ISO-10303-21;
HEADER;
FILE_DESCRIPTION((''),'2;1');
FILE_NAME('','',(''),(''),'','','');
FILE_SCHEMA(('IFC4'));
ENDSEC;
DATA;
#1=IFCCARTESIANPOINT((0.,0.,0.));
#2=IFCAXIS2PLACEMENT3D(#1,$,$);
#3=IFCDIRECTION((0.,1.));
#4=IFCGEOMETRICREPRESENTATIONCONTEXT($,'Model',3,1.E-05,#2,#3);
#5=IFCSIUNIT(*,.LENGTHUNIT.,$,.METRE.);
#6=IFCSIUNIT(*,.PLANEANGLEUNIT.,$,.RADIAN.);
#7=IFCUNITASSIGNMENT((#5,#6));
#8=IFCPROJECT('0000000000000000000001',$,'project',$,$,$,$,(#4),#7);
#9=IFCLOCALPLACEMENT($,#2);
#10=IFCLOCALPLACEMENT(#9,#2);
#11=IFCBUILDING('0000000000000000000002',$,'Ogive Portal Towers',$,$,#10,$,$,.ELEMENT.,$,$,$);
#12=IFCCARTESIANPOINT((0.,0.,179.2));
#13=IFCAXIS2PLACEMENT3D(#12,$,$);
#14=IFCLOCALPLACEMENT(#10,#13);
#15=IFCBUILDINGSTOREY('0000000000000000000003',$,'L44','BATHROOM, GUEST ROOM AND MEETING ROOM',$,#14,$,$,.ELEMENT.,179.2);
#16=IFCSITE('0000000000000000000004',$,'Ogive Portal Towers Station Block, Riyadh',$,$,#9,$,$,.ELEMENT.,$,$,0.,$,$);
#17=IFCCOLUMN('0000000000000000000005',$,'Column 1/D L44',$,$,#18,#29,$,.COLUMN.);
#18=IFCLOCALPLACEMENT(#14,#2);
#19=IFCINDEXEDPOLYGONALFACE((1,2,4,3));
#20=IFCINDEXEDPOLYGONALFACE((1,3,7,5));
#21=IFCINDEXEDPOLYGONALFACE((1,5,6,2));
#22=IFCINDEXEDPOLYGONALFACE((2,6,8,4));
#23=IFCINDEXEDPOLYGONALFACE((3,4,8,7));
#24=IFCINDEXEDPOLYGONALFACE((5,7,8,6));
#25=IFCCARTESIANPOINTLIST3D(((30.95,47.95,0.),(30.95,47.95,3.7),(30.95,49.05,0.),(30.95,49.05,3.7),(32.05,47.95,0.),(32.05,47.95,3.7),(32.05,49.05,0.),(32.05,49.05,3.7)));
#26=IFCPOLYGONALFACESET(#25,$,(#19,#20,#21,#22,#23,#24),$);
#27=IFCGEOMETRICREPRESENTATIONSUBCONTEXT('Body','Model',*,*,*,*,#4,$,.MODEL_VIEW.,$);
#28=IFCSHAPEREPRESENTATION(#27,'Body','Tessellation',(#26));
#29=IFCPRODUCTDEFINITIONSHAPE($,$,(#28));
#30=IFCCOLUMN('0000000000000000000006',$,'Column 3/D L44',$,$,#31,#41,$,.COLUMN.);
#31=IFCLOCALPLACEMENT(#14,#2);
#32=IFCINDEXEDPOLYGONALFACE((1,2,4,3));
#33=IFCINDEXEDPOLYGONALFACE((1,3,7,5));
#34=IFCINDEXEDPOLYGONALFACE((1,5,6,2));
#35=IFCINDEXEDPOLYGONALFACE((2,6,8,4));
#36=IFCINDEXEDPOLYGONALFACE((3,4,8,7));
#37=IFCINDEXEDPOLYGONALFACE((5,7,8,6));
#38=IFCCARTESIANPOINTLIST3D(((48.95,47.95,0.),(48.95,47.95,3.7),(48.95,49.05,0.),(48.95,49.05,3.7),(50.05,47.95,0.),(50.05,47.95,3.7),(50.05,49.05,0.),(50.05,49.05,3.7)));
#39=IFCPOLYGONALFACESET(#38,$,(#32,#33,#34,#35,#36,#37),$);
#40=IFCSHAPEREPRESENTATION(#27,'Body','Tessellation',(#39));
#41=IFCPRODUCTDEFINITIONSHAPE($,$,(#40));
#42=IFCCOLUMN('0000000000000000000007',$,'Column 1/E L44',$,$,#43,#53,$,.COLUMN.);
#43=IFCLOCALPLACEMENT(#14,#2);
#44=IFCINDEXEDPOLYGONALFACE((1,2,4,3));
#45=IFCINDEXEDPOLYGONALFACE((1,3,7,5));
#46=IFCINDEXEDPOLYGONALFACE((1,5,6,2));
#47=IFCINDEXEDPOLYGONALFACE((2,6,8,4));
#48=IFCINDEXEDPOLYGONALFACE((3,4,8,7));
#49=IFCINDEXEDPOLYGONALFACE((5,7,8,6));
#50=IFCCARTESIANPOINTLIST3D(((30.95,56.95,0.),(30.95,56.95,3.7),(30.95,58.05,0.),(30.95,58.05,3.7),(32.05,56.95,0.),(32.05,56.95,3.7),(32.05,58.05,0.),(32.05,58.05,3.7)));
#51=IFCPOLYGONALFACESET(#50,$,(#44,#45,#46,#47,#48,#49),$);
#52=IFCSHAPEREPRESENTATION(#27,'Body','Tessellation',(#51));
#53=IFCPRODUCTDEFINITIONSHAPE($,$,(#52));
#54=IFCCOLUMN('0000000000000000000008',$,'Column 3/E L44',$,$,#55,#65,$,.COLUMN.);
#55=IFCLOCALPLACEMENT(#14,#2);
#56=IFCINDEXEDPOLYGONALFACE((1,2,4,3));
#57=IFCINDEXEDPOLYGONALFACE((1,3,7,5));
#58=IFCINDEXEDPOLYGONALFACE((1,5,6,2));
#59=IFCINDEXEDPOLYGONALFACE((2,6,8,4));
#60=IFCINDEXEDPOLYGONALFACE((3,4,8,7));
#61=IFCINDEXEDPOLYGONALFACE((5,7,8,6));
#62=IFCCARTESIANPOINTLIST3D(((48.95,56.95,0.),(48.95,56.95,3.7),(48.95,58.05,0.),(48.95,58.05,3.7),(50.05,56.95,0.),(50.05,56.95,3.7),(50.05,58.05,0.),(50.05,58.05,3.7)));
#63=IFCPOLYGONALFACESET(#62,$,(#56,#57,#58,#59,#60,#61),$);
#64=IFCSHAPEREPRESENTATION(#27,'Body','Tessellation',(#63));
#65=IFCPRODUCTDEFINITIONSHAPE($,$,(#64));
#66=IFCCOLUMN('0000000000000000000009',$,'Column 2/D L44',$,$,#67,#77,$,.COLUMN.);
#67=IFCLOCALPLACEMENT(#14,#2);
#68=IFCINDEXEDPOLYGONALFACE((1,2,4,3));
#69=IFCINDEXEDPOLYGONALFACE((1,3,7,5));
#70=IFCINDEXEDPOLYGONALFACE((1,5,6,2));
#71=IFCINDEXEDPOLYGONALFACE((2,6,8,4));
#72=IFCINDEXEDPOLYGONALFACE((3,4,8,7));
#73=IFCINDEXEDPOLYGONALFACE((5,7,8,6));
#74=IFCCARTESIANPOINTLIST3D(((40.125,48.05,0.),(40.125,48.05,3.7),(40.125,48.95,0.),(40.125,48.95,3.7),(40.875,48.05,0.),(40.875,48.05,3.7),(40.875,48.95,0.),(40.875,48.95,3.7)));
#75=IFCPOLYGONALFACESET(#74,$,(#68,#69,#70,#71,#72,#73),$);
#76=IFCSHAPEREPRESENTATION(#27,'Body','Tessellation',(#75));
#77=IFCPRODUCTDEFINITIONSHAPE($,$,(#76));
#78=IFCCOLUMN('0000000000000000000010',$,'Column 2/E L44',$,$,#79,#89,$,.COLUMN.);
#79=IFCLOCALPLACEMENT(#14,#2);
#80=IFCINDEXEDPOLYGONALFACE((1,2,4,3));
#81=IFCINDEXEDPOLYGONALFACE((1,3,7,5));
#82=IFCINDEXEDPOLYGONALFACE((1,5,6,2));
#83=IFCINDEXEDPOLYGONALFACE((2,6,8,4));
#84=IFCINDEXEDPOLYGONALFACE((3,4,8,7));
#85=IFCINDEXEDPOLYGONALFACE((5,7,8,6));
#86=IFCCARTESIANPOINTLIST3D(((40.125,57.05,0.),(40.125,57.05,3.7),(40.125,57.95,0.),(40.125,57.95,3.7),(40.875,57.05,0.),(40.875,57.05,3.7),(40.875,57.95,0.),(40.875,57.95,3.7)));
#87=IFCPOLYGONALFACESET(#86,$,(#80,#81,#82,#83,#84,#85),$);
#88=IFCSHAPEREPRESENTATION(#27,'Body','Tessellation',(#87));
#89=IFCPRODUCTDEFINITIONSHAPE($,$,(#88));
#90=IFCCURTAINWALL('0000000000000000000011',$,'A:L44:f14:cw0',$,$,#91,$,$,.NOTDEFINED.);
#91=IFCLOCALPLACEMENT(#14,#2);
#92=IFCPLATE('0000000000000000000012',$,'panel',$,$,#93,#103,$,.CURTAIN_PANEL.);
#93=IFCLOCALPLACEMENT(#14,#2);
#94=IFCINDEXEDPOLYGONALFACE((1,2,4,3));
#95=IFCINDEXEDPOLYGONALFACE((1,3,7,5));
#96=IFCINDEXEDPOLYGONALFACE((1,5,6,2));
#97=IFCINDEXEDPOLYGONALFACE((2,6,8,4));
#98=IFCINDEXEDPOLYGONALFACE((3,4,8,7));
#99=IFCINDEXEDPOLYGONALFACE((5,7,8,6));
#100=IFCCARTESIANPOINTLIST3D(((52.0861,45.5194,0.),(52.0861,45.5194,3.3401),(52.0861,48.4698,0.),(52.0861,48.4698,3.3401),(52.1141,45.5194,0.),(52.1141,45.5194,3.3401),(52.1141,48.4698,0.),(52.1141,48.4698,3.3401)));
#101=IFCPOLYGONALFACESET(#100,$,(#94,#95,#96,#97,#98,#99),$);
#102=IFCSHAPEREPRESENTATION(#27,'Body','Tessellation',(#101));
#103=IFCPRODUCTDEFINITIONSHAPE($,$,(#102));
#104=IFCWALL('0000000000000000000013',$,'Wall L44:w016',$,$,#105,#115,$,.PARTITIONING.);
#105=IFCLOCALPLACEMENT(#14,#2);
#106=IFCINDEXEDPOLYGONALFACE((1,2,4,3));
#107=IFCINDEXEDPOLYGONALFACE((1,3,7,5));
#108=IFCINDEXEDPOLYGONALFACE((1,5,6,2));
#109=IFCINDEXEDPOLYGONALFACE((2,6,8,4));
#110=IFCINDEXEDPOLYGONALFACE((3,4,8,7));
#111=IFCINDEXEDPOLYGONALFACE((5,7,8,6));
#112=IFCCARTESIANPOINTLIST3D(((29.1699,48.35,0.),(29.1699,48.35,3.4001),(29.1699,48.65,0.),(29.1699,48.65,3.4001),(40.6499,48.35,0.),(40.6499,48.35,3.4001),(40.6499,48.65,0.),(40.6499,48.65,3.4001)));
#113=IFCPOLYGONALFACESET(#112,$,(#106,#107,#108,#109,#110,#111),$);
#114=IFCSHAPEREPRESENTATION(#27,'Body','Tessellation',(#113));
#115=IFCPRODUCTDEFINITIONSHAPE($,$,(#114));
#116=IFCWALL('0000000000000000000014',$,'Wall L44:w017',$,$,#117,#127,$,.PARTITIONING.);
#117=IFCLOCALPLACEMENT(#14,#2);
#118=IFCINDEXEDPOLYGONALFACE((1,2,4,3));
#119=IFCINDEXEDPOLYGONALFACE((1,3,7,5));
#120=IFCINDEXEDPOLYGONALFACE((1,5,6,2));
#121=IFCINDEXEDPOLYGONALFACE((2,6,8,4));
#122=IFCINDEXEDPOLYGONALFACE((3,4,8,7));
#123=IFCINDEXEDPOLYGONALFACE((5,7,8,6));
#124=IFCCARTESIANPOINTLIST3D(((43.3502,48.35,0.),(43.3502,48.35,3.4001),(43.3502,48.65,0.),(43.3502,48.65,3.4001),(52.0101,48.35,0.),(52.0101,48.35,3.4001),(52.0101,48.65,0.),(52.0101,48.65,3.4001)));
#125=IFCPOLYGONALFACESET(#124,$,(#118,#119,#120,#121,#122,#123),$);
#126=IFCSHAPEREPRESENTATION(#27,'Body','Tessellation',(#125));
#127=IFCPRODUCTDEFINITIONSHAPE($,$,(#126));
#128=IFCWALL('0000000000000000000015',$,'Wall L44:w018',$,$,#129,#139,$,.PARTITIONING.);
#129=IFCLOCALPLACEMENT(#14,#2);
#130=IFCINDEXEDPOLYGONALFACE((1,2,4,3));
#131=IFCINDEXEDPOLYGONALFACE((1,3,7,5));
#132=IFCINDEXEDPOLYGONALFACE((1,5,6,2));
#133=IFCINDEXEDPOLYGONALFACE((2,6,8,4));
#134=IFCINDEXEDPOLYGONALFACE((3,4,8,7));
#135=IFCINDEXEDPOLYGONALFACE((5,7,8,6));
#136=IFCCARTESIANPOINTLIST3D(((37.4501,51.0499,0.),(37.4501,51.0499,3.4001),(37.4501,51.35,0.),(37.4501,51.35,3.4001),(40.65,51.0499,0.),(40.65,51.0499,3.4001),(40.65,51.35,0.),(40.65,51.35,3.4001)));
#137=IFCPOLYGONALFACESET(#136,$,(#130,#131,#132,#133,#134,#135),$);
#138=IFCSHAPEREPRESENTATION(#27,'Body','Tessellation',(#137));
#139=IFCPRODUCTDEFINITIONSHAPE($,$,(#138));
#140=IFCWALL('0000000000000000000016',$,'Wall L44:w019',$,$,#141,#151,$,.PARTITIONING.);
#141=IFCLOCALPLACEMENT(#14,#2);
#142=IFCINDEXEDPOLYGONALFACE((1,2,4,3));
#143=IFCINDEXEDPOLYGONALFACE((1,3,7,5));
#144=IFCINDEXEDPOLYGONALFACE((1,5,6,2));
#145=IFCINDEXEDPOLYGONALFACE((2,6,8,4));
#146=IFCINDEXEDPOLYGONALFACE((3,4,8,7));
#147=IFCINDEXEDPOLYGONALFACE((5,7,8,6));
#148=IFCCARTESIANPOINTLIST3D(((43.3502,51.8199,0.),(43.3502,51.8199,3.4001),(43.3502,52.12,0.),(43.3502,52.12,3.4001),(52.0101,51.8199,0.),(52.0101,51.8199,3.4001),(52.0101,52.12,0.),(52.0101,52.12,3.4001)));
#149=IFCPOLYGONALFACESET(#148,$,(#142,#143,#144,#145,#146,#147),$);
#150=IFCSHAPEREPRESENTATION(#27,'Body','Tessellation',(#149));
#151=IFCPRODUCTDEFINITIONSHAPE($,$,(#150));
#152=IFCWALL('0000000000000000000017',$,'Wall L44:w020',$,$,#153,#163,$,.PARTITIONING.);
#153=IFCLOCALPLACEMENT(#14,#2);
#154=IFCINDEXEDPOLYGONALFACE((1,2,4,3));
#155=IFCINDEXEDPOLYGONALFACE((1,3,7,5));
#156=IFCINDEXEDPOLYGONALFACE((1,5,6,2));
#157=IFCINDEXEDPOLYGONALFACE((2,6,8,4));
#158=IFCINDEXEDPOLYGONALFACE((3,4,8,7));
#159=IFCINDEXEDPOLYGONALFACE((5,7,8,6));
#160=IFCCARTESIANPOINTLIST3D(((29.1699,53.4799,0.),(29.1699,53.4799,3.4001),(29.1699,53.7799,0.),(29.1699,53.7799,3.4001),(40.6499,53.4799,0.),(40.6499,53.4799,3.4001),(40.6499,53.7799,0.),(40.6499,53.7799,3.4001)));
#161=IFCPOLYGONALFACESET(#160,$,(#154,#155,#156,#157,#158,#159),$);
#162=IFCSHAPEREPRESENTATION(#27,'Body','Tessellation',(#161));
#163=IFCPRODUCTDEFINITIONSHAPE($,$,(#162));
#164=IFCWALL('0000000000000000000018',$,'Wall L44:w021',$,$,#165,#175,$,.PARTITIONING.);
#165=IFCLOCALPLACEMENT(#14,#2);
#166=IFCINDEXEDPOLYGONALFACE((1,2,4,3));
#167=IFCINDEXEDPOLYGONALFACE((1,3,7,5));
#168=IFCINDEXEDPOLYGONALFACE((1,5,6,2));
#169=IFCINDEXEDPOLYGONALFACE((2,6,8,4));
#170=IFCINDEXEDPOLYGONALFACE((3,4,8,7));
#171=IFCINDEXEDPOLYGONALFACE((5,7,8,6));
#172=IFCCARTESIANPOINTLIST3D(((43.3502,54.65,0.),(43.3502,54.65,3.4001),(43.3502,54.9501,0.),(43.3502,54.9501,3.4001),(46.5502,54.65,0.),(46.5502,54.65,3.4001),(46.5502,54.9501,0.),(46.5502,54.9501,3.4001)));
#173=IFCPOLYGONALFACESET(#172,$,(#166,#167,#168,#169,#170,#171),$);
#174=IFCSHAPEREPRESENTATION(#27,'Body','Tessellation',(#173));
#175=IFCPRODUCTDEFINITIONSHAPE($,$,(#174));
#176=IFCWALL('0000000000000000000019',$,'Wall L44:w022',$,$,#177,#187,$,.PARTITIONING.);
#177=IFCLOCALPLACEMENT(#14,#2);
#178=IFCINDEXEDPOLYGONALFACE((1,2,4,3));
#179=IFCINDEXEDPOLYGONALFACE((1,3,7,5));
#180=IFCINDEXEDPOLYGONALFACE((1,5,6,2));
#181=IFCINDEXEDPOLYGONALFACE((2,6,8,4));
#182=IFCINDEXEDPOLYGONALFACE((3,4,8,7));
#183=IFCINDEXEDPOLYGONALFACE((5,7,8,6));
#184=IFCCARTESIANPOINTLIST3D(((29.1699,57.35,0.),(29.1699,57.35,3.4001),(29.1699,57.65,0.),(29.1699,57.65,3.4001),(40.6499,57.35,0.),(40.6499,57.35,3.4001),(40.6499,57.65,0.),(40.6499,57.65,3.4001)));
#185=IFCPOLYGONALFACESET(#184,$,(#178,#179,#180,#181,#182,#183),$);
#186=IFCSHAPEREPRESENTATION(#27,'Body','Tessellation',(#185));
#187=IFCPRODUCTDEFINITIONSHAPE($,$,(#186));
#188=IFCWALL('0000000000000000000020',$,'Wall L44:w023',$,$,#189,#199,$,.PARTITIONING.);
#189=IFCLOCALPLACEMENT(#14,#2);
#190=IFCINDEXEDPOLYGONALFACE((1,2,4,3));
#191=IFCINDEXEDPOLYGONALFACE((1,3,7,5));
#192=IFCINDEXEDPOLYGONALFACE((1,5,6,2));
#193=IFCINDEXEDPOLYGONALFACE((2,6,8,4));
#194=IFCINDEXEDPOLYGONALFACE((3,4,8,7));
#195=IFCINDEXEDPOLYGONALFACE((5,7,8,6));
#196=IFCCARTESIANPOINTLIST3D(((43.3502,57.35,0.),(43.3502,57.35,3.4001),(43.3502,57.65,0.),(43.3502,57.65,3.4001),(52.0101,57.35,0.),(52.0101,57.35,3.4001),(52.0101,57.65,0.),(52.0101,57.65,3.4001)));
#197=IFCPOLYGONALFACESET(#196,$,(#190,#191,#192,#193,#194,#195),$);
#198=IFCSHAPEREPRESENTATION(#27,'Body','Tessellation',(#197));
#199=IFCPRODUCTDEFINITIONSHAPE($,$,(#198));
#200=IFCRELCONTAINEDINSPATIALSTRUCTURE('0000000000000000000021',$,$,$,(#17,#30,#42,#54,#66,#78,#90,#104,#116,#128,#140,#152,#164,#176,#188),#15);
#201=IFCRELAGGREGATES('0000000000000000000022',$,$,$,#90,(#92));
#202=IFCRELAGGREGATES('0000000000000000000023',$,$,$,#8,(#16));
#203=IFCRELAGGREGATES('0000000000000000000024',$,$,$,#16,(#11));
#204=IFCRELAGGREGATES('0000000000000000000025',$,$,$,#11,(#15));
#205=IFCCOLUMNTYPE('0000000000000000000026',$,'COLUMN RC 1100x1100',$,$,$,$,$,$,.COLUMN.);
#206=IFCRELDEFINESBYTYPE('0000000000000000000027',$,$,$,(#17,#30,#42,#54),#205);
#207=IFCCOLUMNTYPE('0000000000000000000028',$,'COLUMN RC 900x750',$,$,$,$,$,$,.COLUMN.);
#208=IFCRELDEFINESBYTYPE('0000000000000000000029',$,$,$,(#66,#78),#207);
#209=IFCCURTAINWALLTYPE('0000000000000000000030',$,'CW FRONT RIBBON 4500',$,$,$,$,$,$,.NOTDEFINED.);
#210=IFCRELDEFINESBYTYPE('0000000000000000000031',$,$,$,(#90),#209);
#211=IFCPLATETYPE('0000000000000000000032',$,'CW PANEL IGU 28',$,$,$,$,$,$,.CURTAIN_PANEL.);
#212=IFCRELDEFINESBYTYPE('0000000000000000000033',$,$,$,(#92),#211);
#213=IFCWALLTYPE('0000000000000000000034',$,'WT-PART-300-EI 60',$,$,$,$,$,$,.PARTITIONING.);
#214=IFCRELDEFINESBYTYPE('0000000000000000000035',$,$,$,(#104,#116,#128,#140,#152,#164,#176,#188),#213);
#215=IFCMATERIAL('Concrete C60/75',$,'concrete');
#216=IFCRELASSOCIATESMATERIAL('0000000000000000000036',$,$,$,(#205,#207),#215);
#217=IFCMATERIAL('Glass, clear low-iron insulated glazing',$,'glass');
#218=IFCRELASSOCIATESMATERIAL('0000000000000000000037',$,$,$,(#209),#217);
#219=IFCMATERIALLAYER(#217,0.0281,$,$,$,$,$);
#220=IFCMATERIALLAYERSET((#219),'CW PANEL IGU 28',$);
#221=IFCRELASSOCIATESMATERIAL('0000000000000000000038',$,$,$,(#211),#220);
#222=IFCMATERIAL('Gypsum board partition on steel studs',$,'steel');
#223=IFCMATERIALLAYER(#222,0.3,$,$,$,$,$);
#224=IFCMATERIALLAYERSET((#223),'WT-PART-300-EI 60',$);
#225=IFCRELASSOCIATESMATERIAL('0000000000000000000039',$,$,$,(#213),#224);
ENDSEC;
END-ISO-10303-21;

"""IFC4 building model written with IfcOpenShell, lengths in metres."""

from ifc_helpers import new_model, si_unit, direction, frame, frame_2d, origin, origin_2d, place, context, subcontext, project, spatial, rectangle, extrude, material, layer, layer_set, material_profile, profile_set, type_object, element, aggregate, save


model = new_model("IFC4")

# Units and contexts
model_context = context("Model", 3, precision=1e-05, world=origin(), true_north=direction((0.0, 1.0)))
body_context = subcontext(model_context, "Body", "Model", "MODEL_VIEW")
ifc_project = project(units=[si_unit("LENGTHUNIT", "METRE"), si_unit("PLANEANGLEUNIT", "RADIAN")], contexts=[model_context])

# Site, building, storey
site_placement = place(None, origin())
site = spatial("IfcSite", under=ifc_project, at=site_placement, Name="Ogive Portal Towers Station Block, Riyadh", CompositionType="ELEMENT", RefElevation=0.0)
building_placement = place(site_placement, origin())
building = spatial("IfcBuilding", under=site, at=building_placement, Name="Ogive Portal Towers", CompositionType="ELEMENT")
storey_placement = place(building_placement, frame((0.0, 0.0, 179.2)))
storey = spatial("IfcBuildingStorey", under=building, at=storey_placement, Name="L44", Description="BATHROOM, GUEST ROOM AND MEETING ROOM", CompositionType="ELEMENT", Elevation=179.2)

# Columns
ifc_material_1 = material(Name="Concrete C60/75", Category="concrete")
ifc_material_profile_1 = material_profile(ifc_material_1, rectangle(XDim=1.1001, YDim=1.1001, at=origin_2d()), Name="RC 1100x1100")
ifc_profile_set_1 = profile_set([ifc_material_profile_1], Name="Concrete C60/75")
column_type_1 = type_object("IfcColumnType", Name="COLUMN RC 1100x1100", PredefinedType="COLUMN", material=ifc_profile_set_1)
for number, where, z_axis, x_axis, name in (
    (1, (31.5, 48.5, 0.0), (0.0, 0.0, 1.0), (1.0, 0.0, 0.0), "Column 1/D L44"),
    (2, (49.5, 48.5, 0.0), (0.0, 0.0, 1.0), (1.0, 0.0, 0.0), "Column 3/D L44"),
    (3, (31.5, 57.5, 0.0), (0.0, 0.0, 1.0), (1.0, 0.0, 0.0), "Column 1/E L44"),
    (4, (49.5, 57.5, 0.0), (0.0, 0.0, 1.0), (1.0, 0.0, 0.0), "Column 3/E L44"),
):
    element("IfcColumn", number, at=place(storey_placement, frame(where, z_axis=z_axis, x_axis=x_axis)), inside=storey, type_object=column_type_1, Name=name, PredefinedType="COLUMN", context=body_context, shape_type="SweptSolid", body=[
        extrude(rectangle(XDim=1.1001, YDim=1.1001, at=origin_2d()), origin(), (0.0, 0.0, 1.0), 3.7),
    ])
ifc_material_profile_2 = material_profile(ifc_material_1, rectangle(XDim=0.8999, YDim=0.75, at=origin_2d()), Name="RC 900x750")
ifc_profile_set_2 = profile_set([ifc_material_profile_2], Name="Concrete C60/75")
column_type_2 = type_object("IfcColumnType", Name="COLUMN RC 900x750", PredefinedType="COLUMN", material=ifc_profile_set_2)
for number, where, z_axis, x_axis, name in (
    (5, (40.5, 48.5, 0.0), (0.0, 0.0, 1.0), (0.0, 1.0, 0.0), "Column 2/D L44"),
    (6, (40.5, 57.5, 0.0), (0.0, 0.0, 1.0), (0.0, 1.0, 0.0), "Column 2/E L44"),
):
    element("IfcColumn", number, at=place(storey_placement, frame(where, z_axis=z_axis, x_axis=x_axis)), inside=storey, type_object=column_type_2, Name=name, PredefinedType="COLUMN", context=body_context, shape_type="SweptSolid", body=[
        extrude(rectangle(XDim=0.8999, YDim=0.75, at=origin_2d()), origin(), (0.0, 0.0, 1.0), 3.7),
    ])

# Curtain wall, plate
ifc_material_2 = material(Name="Glass, clear low-iron insulated glazing", Category="glass")
curtain_wall_type = type_object("IfcCurtainWallType", Name="CW FRONT RIBBON 4500", PredefinedType="NOTDEFINED", material=ifc_material_2)
curtain_wall_placement = place(storey_placement, origin())
curtain_wall = element("IfcCurtainWall", 7, at=curtain_wall_placement, inside=storey, type_object=curtain_wall_type, Name="A:L44:f14:cw0", PredefinedType="NOTDEFINED")
ifc_layer_1 = layer(ifc_material_2, 0.0281)
ifc_layer_set_1 = layer_set([ifc_layer_1], Name="CW PANEL IGU 28")
plate_type = type_object("IfcPlateType", Name="CW PANEL IGU 28", PredefinedType="CURTAIN_PANEL", material=ifc_layer_set_1)
plate_placement = place(storey_placement, frame((52.1001, 46.9946, 0.0), z_axis=(0.0, 0.0, 1.0), x_axis=(0.0, 1.0, 0.0)))
plate = element("IfcPlate", 8, at=plate_placement, type_object=plate_type, Name="panel", PredefinedType="CURTAIN_PANEL", context=body_context, shape_type="SweptSolid", body=[
    extrude(rectangle(XDim=2.9504, YDim=0.0281, at=origin_2d()), origin(), (0.0, 0.0, 1.0), 3.3401),
])
aggregate(curtain_wall, [plate])

# Walls
ifc_material_3 = material(Name="Gypsum board partition on steel studs", Category="steel")
ifc_layer_2 = layer(ifc_material_3, 0.3)
ifc_layer_set_2 = layer_set([ifc_layer_2], Name="WT-PART-300-EI 60")
wall_type = type_object("IfcWallType", Name="WT-PART-300-EI 60", PredefinedType="PARTITIONING", material=ifc_layer_set_2)
wall_1_placement = place(storey_placement, frame((29.1699, 48.5, 0.0), z_axis=(0.0, 0.0, 1.0), x_axis=(1.0, 0.0, 0.0)))
element("IfcWall", 9, at=wall_1_placement, inside=storey, type_object=wall_type, Name="Wall L44:w016", PredefinedType="PARTITIONING", context=body_context, shape_type="SweptSolid", body=[
    extrude(rectangle(XDim=11.48, YDim=0.3, at=frame_2d((5.74, 0.0))), origin(), (0.0, 0.0, 1.0), 3.4001),
])
wall_2_placement = place(storey_placement, frame((43.3501, 48.5, 0.0), z_axis=(0.0, 0.0, 1.0), x_axis=(1.0, 0.0, 0.0)))
element("IfcWall", 10, at=wall_2_placement, inside=storey, type_object=wall_type, Name="Wall L44:w017", PredefinedType="PARTITIONING", context=body_context, shape_type="SweptSolid", body=[
    extrude(rectangle(XDim=8.6599, YDim=0.3, at=frame_2d((4.3301, 0.0))), origin(), (0.0, 0.0, 1.0), 3.4001),
])
wall_3_placement = place(storey_placement, frame((37.45, 51.2, 0.0), z_axis=(0.0, 0.0, 1.0), x_axis=(1.0, 0.0, 0.0)))
element("IfcWall", 11, at=wall_3_placement, inside=storey, type_object=wall_type, Name="Wall L44:w018", PredefinedType="PARTITIONING", context=body_context, shape_type="SweptSolid", body=[
    extrude(rectangle(XDim=3.2, YDim=0.3, at=frame_2d((1.6001, 0.0))), origin(), (0.0, 0.0, 1.0), 3.4001),
])
wall_4_placement = place(storey_placement, frame((43.3501, 51.97, 0.0), z_axis=(0.0, 0.0, 1.0), x_axis=(1.0, 0.0, 0.0)))
element("IfcWall", 12, at=wall_4_placement, inside=storey, type_object=wall_type, Name="Wall L44:w019", PredefinedType="PARTITIONING", context=body_context, shape_type="SweptSolid", body=[
    extrude(rectangle(XDim=8.6599, YDim=0.3, at=frame_2d((4.3301, 0.0))), origin(), (0.0, 0.0, 1.0), 3.4001),
])
wall_5_placement = place(storey_placement, frame((29.1699, 53.6299, 0.0), z_axis=(0.0, 0.0, 1.0), x_axis=(1.0, 0.0, 0.0)))
element("IfcWall", 13, at=wall_5_placement, inside=storey, type_object=wall_type, Name="Wall L44:w020", PredefinedType="PARTITIONING", context=body_context, shape_type="SweptSolid", body=[
    extrude(rectangle(XDim=11.48, YDim=0.3, at=frame_2d((5.74, 0.0))), origin(), (0.0, 0.0, 1.0), 3.4001),
])
wall_6_placement = place(storey_placement, frame((43.3501, 54.8, 0.0), z_axis=(0.0, 0.0, 1.0), x_axis=(1.0, 0.0, 0.0)))
element("IfcWall", 14, at=wall_6_placement, inside=storey, type_object=wall_type, Name="Wall L44:w021", PredefinedType="PARTITIONING", context=body_context, shape_type="SweptSolid", body=[
    extrude(rectangle(XDim=3.2, YDim=0.3, at=frame_2d((1.6001, 0.0))), origin(), (0.0, 0.0, 1.0), 3.4001),
])
wall_7_placement = place(storey_placement, frame((29.1699, 57.5, 0.0), z_axis=(0.0, 0.0, 1.0), x_axis=(1.0, 0.0, 0.0)))
element("IfcWall", 15, at=wall_7_placement, inside=storey, type_object=wall_type, Name="Wall L44:w022", PredefinedType="PARTITIONING", context=body_context, shape_type="SweptSolid", body=[
    extrude(rectangle(XDim=11.48, YDim=0.3, at=frame_2d((5.74, 0.0))), origin(), (0.0, 0.0, 1.0), 3.4001),
])
wall_8_placement = place(storey_placement, frame((43.3501, 57.5, 0.0), z_axis=(0.0, 0.0, 1.0), x_axis=(1.0, 0.0, 0.0)))
element("IfcWall", 16, at=wall_8_placement, inside=storey, type_object=wall_type, Name="Wall L44:w023", PredefinedType="PARTITIONING", context=body_context, shape_type="SweptSolid", body=[
    extrude(rectangle(XDim=8.6599, YDim=0.3, at=frame_2d((4.3301, 0.0))), origin(), (0.0, 0.0, 1.0), 3.4001),
])

save(model, "model.ifc")
